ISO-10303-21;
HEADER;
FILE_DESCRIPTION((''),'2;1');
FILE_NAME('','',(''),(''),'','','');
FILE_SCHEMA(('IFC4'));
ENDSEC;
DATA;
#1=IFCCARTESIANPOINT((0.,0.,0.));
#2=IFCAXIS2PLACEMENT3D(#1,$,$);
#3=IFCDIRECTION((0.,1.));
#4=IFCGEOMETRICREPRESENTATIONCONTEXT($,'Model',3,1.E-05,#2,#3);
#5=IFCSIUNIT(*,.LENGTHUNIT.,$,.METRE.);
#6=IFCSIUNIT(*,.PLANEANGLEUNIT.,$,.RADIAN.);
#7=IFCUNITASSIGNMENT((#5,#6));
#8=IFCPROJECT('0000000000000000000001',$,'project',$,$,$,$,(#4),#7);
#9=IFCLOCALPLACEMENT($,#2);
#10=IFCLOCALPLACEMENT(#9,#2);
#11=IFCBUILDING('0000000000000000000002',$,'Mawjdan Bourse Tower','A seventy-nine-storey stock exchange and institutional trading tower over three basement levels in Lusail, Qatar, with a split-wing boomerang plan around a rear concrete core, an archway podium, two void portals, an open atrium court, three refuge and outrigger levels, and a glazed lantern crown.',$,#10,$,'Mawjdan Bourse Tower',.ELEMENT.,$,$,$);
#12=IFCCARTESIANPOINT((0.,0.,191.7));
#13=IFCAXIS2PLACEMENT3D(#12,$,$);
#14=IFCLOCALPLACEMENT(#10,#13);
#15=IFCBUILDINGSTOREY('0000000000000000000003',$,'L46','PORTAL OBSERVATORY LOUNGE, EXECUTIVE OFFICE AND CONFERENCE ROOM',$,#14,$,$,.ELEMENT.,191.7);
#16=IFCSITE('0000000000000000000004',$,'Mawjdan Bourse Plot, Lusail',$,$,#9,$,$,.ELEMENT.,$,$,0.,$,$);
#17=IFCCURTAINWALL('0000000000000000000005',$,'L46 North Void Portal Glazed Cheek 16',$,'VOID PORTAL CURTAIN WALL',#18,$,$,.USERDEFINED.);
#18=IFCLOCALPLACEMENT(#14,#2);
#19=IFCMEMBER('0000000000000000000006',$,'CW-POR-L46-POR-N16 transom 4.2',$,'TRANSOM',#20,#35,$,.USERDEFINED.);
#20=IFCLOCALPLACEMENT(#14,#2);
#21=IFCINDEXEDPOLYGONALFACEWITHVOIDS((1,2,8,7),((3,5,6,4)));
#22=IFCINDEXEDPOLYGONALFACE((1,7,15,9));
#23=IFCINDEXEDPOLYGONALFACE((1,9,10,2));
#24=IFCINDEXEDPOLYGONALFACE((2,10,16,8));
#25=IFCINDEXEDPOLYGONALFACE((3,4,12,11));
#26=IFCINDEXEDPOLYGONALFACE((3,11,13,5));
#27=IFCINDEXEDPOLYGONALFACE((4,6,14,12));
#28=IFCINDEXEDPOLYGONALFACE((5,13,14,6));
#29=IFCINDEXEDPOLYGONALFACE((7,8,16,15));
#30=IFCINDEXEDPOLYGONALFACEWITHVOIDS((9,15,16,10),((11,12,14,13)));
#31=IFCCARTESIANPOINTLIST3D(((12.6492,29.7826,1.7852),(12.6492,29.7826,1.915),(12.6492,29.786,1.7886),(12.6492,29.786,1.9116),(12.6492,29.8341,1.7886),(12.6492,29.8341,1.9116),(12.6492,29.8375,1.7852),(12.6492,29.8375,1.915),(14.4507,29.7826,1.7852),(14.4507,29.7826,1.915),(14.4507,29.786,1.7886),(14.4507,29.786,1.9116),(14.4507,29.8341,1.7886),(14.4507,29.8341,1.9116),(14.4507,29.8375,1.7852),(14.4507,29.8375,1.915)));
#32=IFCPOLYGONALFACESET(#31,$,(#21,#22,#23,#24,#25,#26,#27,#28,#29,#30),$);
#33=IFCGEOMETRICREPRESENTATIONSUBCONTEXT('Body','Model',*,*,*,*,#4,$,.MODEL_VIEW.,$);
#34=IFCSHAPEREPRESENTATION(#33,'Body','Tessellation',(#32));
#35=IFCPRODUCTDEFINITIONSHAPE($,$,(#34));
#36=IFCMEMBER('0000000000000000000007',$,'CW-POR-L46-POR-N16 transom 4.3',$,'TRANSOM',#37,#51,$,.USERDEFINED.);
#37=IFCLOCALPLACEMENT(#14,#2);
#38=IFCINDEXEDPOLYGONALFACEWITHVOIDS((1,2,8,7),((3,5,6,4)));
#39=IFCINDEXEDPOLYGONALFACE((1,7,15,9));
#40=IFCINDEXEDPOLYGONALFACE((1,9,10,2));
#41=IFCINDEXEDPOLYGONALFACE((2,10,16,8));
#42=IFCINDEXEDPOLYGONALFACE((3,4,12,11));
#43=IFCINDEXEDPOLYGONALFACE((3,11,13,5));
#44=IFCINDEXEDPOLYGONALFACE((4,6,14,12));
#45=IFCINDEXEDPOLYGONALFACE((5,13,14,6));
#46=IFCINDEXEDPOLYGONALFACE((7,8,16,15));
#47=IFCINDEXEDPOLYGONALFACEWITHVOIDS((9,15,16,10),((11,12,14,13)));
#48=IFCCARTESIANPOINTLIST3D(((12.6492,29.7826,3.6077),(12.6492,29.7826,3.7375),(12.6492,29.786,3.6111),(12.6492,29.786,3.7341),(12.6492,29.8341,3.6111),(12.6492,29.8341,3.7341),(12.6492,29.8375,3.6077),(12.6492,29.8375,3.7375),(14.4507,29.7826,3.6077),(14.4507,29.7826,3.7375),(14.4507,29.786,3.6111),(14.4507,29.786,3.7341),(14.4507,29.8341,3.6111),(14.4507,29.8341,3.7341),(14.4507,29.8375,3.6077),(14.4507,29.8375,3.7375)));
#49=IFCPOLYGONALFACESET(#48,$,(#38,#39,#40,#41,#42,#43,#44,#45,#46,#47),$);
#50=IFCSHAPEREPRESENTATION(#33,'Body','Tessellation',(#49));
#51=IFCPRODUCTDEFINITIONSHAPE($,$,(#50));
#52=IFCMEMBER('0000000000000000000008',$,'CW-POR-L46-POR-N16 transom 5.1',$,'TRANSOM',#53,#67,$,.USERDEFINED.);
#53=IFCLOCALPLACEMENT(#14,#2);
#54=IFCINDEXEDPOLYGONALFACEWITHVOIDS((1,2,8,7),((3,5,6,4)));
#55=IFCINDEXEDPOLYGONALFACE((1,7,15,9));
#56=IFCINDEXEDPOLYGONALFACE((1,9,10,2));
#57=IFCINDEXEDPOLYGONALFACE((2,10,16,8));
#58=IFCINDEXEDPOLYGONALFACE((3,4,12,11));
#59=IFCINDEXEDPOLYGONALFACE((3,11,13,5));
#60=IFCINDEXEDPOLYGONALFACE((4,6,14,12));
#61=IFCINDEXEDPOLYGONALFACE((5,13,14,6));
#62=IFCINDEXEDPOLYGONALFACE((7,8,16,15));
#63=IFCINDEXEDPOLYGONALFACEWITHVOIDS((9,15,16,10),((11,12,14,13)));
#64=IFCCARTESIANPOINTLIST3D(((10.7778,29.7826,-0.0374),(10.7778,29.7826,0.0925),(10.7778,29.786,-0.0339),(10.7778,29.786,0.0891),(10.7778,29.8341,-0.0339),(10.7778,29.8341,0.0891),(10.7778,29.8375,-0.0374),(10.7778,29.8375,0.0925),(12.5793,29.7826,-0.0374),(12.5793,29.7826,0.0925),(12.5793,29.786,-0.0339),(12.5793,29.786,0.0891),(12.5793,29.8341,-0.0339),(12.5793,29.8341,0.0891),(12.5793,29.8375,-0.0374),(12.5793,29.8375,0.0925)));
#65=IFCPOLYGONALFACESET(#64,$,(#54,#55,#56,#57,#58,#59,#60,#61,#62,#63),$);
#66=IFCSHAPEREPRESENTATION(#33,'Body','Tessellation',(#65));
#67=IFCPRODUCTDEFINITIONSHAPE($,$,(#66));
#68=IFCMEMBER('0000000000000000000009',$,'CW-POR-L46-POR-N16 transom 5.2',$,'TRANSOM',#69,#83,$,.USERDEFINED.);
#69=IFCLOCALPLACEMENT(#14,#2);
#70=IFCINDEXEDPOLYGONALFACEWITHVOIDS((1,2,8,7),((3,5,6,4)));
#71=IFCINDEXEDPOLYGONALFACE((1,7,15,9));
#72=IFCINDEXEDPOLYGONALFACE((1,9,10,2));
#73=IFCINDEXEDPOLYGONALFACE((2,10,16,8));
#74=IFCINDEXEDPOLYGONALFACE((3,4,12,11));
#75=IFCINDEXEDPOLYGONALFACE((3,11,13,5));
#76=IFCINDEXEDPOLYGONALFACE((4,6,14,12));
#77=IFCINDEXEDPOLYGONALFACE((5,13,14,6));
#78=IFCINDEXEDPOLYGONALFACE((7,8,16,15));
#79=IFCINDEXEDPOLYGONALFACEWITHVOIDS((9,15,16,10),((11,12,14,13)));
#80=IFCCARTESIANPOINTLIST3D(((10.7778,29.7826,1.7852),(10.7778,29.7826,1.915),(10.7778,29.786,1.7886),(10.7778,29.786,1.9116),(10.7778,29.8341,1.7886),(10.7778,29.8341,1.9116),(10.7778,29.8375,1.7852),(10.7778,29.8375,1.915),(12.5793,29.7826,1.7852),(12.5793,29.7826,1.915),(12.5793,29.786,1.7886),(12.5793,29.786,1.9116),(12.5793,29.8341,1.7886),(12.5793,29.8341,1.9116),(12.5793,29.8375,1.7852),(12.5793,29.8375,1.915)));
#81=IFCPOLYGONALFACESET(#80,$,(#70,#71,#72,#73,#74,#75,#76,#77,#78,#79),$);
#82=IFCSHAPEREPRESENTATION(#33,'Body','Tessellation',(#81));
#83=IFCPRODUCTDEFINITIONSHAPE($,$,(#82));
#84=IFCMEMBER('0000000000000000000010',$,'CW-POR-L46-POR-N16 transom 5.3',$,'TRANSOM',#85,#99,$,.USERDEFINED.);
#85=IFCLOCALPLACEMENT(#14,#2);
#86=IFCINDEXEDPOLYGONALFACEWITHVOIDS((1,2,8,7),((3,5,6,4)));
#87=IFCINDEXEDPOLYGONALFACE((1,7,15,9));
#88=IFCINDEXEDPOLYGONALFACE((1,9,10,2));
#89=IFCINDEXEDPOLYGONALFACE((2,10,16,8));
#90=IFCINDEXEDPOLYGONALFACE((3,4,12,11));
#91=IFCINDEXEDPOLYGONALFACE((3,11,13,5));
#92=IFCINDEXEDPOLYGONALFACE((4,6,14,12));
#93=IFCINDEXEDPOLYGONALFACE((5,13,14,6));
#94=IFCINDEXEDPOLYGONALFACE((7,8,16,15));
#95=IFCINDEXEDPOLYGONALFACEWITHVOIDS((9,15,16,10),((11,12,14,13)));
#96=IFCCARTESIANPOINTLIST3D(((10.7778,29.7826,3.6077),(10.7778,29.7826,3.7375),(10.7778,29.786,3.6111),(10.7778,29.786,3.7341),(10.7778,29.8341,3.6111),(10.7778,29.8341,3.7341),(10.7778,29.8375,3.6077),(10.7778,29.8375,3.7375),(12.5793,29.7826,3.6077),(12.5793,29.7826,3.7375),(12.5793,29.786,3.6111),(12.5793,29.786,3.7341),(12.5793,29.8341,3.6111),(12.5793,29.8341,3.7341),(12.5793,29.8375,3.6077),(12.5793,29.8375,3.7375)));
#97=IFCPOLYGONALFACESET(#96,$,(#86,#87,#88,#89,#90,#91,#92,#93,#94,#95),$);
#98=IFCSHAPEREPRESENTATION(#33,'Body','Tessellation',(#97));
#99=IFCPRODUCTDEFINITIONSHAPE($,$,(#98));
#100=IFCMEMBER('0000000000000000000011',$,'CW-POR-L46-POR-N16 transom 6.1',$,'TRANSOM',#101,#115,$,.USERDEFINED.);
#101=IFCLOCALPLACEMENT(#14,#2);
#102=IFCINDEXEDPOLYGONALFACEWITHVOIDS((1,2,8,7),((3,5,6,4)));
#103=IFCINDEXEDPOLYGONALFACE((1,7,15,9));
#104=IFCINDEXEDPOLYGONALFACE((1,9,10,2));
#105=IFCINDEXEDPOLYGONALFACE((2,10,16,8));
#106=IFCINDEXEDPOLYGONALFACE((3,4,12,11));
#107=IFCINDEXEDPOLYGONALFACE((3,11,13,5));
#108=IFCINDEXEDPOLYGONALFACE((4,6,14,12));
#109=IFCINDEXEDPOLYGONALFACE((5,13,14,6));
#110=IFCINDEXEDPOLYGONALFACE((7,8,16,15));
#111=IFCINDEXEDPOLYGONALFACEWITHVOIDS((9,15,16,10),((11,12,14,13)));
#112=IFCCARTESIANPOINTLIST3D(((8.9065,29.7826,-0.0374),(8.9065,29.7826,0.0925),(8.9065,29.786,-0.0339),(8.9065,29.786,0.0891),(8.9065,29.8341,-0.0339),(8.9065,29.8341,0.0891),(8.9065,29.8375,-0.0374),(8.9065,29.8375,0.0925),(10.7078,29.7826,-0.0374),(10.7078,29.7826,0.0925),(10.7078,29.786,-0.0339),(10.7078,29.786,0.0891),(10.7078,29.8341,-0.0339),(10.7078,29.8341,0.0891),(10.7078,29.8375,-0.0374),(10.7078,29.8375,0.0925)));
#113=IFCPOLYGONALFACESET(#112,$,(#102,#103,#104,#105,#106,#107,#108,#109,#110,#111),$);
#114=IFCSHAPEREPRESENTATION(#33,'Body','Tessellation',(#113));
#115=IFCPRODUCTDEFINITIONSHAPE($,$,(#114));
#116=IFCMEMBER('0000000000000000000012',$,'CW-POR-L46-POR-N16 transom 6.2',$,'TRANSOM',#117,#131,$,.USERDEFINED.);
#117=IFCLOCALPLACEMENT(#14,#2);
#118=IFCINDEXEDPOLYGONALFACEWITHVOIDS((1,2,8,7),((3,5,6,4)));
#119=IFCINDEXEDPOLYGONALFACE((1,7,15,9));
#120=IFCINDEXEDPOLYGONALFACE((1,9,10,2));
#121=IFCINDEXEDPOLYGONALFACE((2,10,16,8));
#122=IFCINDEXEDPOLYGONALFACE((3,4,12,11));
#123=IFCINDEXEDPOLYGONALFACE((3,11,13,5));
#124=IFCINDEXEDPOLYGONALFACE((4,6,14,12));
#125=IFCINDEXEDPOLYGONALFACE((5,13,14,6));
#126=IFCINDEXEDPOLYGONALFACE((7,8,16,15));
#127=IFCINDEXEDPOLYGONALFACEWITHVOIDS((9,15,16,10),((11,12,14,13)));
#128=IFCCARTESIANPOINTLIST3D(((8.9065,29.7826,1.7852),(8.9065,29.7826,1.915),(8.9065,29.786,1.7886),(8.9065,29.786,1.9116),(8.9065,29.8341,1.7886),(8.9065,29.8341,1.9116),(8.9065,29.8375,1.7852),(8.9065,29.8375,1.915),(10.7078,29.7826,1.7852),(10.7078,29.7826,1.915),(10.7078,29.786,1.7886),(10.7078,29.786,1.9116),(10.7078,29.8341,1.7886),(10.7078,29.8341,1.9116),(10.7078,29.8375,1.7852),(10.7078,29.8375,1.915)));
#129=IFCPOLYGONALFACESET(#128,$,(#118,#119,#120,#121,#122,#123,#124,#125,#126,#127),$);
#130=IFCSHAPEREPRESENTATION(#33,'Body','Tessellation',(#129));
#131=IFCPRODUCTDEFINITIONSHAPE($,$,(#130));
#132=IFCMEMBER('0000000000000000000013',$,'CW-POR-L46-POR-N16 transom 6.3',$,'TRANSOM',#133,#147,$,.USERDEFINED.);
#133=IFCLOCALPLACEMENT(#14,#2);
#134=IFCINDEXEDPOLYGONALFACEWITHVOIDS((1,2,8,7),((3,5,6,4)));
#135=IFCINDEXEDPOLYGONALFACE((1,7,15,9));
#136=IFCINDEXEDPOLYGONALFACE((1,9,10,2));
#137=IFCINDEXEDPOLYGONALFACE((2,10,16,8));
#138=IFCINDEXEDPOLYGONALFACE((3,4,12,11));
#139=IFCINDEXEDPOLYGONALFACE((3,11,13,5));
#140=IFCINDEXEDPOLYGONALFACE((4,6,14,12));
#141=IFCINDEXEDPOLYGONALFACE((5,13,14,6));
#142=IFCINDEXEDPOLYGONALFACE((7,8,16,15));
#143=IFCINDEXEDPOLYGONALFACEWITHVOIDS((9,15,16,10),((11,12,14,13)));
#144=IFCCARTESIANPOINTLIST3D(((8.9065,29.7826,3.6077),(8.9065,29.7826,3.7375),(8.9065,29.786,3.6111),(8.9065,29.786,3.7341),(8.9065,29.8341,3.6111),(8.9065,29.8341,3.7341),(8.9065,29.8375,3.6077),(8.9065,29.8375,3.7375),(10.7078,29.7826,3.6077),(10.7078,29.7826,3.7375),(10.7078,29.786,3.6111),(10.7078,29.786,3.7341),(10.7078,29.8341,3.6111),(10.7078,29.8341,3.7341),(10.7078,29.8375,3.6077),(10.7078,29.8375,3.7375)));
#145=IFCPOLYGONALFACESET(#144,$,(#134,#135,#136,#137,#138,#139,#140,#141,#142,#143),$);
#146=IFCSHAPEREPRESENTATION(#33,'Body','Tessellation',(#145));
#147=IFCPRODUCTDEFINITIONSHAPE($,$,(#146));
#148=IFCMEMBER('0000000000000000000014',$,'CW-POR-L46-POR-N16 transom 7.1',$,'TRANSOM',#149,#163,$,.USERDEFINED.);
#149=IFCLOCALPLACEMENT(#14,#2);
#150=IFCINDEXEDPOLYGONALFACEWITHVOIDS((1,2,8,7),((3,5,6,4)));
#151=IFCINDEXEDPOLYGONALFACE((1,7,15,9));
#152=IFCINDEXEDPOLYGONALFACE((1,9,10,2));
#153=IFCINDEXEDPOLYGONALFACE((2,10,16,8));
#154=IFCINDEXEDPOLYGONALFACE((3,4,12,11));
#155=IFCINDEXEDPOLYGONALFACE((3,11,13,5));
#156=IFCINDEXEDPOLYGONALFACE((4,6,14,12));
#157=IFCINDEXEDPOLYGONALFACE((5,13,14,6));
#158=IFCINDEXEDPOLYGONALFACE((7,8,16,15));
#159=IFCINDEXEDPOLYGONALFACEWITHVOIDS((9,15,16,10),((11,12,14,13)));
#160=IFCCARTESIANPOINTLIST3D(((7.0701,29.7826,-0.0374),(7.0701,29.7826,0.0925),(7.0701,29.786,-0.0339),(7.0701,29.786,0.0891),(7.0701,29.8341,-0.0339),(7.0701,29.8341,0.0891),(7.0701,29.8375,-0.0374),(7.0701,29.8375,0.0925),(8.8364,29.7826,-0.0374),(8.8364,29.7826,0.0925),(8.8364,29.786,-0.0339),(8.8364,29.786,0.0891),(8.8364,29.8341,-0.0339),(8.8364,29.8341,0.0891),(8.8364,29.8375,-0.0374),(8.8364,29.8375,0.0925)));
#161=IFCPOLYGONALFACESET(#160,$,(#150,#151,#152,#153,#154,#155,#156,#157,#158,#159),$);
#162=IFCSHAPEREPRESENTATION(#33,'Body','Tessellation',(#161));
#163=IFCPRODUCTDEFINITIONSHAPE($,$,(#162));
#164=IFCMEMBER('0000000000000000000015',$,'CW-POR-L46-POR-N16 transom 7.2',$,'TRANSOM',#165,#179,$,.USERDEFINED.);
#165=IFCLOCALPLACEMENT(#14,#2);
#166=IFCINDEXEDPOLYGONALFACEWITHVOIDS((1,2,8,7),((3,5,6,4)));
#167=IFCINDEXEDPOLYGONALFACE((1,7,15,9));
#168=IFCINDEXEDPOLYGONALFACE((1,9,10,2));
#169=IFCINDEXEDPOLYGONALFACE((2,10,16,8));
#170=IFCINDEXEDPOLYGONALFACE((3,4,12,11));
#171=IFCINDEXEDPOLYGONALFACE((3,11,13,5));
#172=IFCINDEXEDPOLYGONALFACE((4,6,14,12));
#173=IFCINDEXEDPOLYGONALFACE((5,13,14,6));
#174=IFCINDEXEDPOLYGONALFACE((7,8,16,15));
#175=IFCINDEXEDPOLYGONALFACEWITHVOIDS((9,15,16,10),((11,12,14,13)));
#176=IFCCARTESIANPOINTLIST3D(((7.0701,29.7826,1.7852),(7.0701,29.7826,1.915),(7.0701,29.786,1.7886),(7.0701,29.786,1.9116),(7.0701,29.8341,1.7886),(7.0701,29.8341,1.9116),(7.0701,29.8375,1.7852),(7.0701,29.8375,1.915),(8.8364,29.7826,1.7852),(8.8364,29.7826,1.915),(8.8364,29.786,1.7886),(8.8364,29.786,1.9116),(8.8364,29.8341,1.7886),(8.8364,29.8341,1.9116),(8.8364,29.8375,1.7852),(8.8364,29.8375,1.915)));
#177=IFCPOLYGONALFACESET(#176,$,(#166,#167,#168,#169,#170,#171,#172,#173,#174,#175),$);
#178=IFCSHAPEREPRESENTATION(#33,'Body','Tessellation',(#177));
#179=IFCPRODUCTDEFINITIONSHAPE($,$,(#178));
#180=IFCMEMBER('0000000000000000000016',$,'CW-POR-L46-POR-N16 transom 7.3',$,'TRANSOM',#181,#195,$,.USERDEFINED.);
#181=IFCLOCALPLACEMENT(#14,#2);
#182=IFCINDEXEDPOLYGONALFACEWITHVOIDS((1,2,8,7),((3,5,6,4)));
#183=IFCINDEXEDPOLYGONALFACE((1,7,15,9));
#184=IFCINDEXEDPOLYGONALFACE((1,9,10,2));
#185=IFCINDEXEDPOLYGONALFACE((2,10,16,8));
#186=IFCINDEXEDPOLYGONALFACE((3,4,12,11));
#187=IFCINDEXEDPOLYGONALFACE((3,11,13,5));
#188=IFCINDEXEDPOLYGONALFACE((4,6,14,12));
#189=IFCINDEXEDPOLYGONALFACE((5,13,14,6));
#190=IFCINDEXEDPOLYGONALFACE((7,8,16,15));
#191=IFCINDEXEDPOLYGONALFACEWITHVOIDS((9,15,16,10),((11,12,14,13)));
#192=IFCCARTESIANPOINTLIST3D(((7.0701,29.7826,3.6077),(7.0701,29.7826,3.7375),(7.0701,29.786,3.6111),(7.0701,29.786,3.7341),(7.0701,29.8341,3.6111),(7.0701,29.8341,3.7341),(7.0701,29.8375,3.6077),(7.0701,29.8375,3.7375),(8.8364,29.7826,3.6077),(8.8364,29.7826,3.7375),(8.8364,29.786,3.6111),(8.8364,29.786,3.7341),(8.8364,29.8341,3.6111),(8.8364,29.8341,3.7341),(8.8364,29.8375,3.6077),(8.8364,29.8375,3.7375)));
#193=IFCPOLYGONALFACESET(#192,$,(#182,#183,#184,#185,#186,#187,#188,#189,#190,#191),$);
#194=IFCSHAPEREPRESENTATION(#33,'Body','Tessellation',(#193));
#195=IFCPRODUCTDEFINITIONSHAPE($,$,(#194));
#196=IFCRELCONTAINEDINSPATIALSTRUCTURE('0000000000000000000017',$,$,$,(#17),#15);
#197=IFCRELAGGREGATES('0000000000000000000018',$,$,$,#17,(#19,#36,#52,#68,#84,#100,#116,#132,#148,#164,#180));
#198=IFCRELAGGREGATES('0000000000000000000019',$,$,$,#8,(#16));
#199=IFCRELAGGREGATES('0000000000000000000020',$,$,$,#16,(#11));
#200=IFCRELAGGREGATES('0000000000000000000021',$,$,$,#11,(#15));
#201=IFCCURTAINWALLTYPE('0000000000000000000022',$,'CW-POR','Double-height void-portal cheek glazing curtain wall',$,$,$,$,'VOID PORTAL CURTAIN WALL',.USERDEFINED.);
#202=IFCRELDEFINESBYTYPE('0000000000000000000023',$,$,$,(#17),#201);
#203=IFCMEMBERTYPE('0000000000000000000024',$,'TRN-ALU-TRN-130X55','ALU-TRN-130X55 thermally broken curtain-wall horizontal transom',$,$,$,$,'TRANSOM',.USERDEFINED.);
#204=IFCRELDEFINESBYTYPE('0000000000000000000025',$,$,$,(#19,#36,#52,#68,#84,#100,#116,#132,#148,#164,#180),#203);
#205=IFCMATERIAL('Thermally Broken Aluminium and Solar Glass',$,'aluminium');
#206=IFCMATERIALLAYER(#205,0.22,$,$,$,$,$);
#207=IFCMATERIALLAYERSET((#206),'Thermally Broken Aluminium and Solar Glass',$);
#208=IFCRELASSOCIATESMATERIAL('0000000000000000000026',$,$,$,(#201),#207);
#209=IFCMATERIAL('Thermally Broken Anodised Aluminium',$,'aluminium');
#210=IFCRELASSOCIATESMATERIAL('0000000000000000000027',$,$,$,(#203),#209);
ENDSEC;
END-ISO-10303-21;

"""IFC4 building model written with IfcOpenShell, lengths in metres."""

from ifc_helpers import new_model, si_unit, direction, frame, origin, origin_2d, place, context, subcontext, project, spatial, hollow_rectangle, extrude, material, layer, layer_set, material_profile, profile_set, type_object, element, aggregate, save


model = new_model("IFC4")

# Units and contexts
model_context = context("Model", 3, precision=1e-05, world=origin(), true_north=direction((0.0, 1.0)))
body_context = subcontext(model_context, "Body", "Model", "MODEL_VIEW")
ifc_project = project(units=[si_unit("LENGTHUNIT", "METRE"), si_unit("PLANEANGLEUNIT", "RADIAN")], contexts=[model_context])

# Site, building, storey
site_placement = place(None, origin())
site = spatial("IfcSite", under=ifc_project, at=site_placement, Name="Mawjdan Bourse Plot, Lusail", CompositionType="ELEMENT", RefElevation=0.0)
building_placement = place(site_placement, origin())
building = spatial("IfcBuilding", under=site, at=building_placement, Name="Mawjdan Bourse Tower", Description="A seventy-nine-storey stock exchange and institutional trading tower over three basement levels in Lusail, Qatar, with a split-wing boomerang plan around a rear concrete core, an archway podium, two void portals, an open atrium court, three refuge and outrigger levels, and a glazed lantern crown.", LongName="Mawjdan Bourse Tower", CompositionType="ELEMENT")
storey_placement = place(building_placement, frame((0.0, 0.0, 191.7)))
storey = spatial("IfcBuildingStorey", under=building, at=storey_placement, Name="L46", Description="PORTAL OBSERVATORY LOUNGE, EXECUTIVE OFFICE AND CONFERENCE ROOM", CompositionType="ELEMENT", Elevation=191.7)

# Shared definitions
ifc_material_1 = material(Name="Thermally Broken Aluminium and Solar Glass", Category="aluminium")
ifc_layer_1 = layer(ifc_material_1, 0.22)
ifc_layer_set_1 = layer_set([ifc_layer_1], Name="Thermally Broken Aluminium and Solar Glass")
curtain_wall_type = type_object("IfcCurtainWallType", Name="CW-POR", Description="Double-height void-portal cheek glazing curtain wall", ElementType="VOID PORTAL CURTAIN WALL", PredefinedType="USERDEFINED", material=ifc_layer_set_1)
ifc_material_2 = material(Name="Thermally Broken Anodised Aluminium", Category="aluminium")

# Curtain wall
curtain_wall_1_placement = place(storey_placement, origin())
curtain_wall_1 = element("IfcCurtainWall", 1, at=curtain_wall_1_placement, inside=storey, type_object=curtain_wall_type, Name="L46 North Void Portal Glazed Cheek 16", ObjectType="VOID PORTAL CURTAIN WALL", PredefinedType="USERDEFINED")

# Members
ifc_material_profile_1 = material_profile(ifc_material_2, hollow_rectangle(XDim=0.0549, YDim=0.1299, WallThickness=0.0034, at=origin_2d()), Name="ALU-TRN-130X55")
ifc_profile_set_1 = profile_set([ifc_material_profile_1], Name="Thermally Broken Anodised Aluminium")
member_type_1 = type_object("IfcMemberType", Name="TRN-ALU-TRN-130X55", Description="ALU-TRN-130X55 thermally broken curtain-wall horizontal transom", ElementType="TRANSOM", PredefinedType="USERDEFINED", material=ifc_profile_set_1)
member_1_placement = place(storey_placement, frame((14.4507, 29.8101, 1.8501), z_axis=(-1.0, 0.0, 0.0), x_axis=(0.0, -1.0, 0.0)))
member_1 = element("IfcMember", 2, at=member_1_placement, type_object=member_type_1, Name="CW-POR-L46-POR-N16 transom 4.2", ObjectType="TRANSOM", PredefinedType="USERDEFINED", context=body_context, shape_type="SweptSolid", body=[
    extrude(hollow_rectangle(XDim=0.0549, YDim=0.1299, WallThickness=0.0034, at=origin_2d()), origin(), (0.0, 0.0, 1.0), 1.8015),
])
member_2_placement = place(storey_placement, frame((14.4507, 29.8101, 3.6726), z_axis=(-1.0, 0.0, 0.0), x_axis=(0.0, -1.0, 0.0)))
member_2 = element("IfcMember", 3, at=member_2_placement, type_object=member_type_1, Name="CW-POR-L46-POR-N16 transom 4.3", ObjectType="TRANSOM", PredefinedType="USERDEFINED", context=body_context, shape_type="SweptSolid", body=[
    extrude(hollow_rectangle(XDim=0.0549, YDim=0.1299, WallThickness=0.0034, at=origin_2d()), origin(), (0.0, 0.0, 1.0), 1.8015),
])
member_3_placement = place(storey_placement, frame((12.5793, 29.8101, 0.0276), z_axis=(-1.0, 0.0, 0.0), x_axis=(0.0, -1.0, 0.0)))
member_3 = element("IfcMember", 4, at=member_3_placement, type_object=member_type_1, Name="CW-POR-L46-POR-N16 transom 5.1", ObjectType="TRANSOM", PredefinedType="USERDEFINED", context=body_context, shape_type="SweptSolid", body=[
    extrude(hollow_rectangle(XDim=0.0549, YDim=0.1299, WallThickness=0.0034, at=origin_2d()), origin(), (0.0, 0.0, 1.0), 1.8015),
])
member_4_placement = place(storey_placement, frame((12.5793, 29.8101, 1.8501), z_axis=(-1.0, 0.0, 0.0), x_axis=(0.0, -1.0, 0.0)))
member_4 = element("IfcMember", 5, at=member_4_placement, type_object=member_type_1, Name="CW-POR-L46-POR-N16 transom 5.2", ObjectType="TRANSOM", PredefinedType="USERDEFINED", context=body_context, shape_type="SweptSolid", body=[
    extrude(hollow_rectangle(XDim=0.0549, YDim=0.1299, WallThickness=0.0034, at=origin_2d()), origin(), (0.0, 0.0, 1.0), 1.8015),
])
member_5_placement = place(storey_placement, frame((12.5793, 29.8101, 3.6726), z_axis=(-1.0, 0.0, 0.0), x_axis=(0.0, -1.0, 0.0)))
member_5 = element("IfcMember", 6, at=member_5_placement, type_object=member_type_1, Name="CW-POR-L46-POR-N16 transom 5.3", ObjectType="TRANSOM", PredefinedType="USERDEFINED", context=body_context, shape_type="SweptSolid", body=[
    extrude(hollow_rectangle(XDim=0.0549, YDim=0.1299, WallThickness=0.0034, at=origin_2d()), origin(), (0.0, 0.0, 1.0), 1.8015),
])
member_6_placement = place(storey_placement, frame((10.7078, 29.8101, 0.0276), z_axis=(-1.0, 0.0, 0.0), x_axis=(0.0, -1.0, 0.0)))
member_6 = element("IfcMember", 7, at=member_6_placement, type_object=member_type_1, Name="CW-POR-L46-POR-N16 transom 6.1", ObjectType="TRANSOM", PredefinedType="USERDEFINED", context=body_context, shape_type="SweptSolid", body=[
    extrude(hollow_rectangle(XDim=0.0549, YDim=0.1299, WallThickness=0.0034, at=origin_2d()), origin(), (0.0, 0.0, 1.0), 1.8013),
])
member_7_placement = place(storey_placement, frame((10.7078, 29.8101, 1.8501), z_axis=(-1.0, 0.0, 0.0), x_axis=(0.0, -1.0, 0.0)))
member_7 = element("IfcMember", 8, at=member_7_placement, type_object=member_type_1, Name="CW-POR-L46-POR-N16 transom 6.2", ObjectType="TRANSOM", PredefinedType="USERDEFINED", context=body_context, shape_type="SweptSolid", body=[
    extrude(hollow_rectangle(XDim=0.0549, YDim=0.1299, WallThickness=0.0034, at=origin_2d()), origin(), (0.0, 0.0, 1.0), 1.8013),
])
member_8_placement = place(storey_placement, frame((10.7078, 29.8101, 3.6726), z_axis=(-1.0, 0.0, 0.0), x_axis=(0.0, -1.0, 0.0)))
member_8 = element("IfcMember", 9, at=member_8_placement, type_object=member_type_1, Name="CW-POR-L46-POR-N16 transom 6.3", ObjectType="TRANSOM", PredefinedType="USERDEFINED", context=body_context, shape_type="SweptSolid", body=[
    extrude(hollow_rectangle(XDim=0.0549, YDim=0.1299, WallThickness=0.0034, at=origin_2d()), origin(), (0.0, 0.0, 1.0), 1.8013),
])
member_9_placement = place(storey_placement, frame((8.8364, 29.8101, 0.0276), z_axis=(-1.0, 0.0, 0.0), x_axis=(0.0, -1.0, 0.0)))
member_9 = element("IfcMember", 10, at=member_9_placement, type_object=member_type_1, Name="CW-POR-L46-POR-N16 transom 7.1", ObjectType="TRANSOM", PredefinedType="USERDEFINED", context=body_context, shape_type="SweptSolid", body=[
    extrude(hollow_rectangle(XDim=0.0549, YDim=0.1299, WallThickness=0.0034, at=origin_2d()), origin(), (0.0, 0.0, 1.0), 1.7664),
])
member_10_placement = place(storey_placement, frame((8.8364, 29.8101, 1.8501), z_axis=(-1.0, 0.0, 0.0), x_axis=(0.0, -1.0, 0.0)))
member_10 = element("IfcMember", 11, at=member_10_placement, type_object=member_type_1, Name="CW-POR-L46-POR-N16 transom 7.2", ObjectType="TRANSOM", PredefinedType="USERDEFINED", context=body_context, shape_type="SweptSolid", body=[
    extrude(hollow_rectangle(XDim=0.0549, YDim=0.1299, WallThickness=0.0034, at=origin_2d()), origin(), (0.0, 0.0, 1.0), 1.7664),
])
member_11_placement = place(storey_placement, frame((8.8364, 29.8101, 3.6726), z_axis=(-1.0, 0.0, 0.0), x_axis=(0.0, -1.0, 0.0)))
member_11 = element("IfcMember", 12, at=member_11_placement, type_object=member_type_1, Name="CW-POR-L46-POR-N16 transom 7.3", ObjectType="TRANSOM", PredefinedType="USERDEFINED", context=body_context, shape_type="SweptSolid", body=[
    extrude(hollow_rectangle(XDim=0.0549, YDim=0.1299, WallThickness=0.0034, at=origin_2d()), origin(), (0.0, 0.0, 1.0), 1.7664),
])

aggregate(curtain_wall_1, [member_1, member_2, member_3, member_4, member_5, member_6, member_7, member_8, member_9, member_10, member_11])

save(model, "model.ifc")
